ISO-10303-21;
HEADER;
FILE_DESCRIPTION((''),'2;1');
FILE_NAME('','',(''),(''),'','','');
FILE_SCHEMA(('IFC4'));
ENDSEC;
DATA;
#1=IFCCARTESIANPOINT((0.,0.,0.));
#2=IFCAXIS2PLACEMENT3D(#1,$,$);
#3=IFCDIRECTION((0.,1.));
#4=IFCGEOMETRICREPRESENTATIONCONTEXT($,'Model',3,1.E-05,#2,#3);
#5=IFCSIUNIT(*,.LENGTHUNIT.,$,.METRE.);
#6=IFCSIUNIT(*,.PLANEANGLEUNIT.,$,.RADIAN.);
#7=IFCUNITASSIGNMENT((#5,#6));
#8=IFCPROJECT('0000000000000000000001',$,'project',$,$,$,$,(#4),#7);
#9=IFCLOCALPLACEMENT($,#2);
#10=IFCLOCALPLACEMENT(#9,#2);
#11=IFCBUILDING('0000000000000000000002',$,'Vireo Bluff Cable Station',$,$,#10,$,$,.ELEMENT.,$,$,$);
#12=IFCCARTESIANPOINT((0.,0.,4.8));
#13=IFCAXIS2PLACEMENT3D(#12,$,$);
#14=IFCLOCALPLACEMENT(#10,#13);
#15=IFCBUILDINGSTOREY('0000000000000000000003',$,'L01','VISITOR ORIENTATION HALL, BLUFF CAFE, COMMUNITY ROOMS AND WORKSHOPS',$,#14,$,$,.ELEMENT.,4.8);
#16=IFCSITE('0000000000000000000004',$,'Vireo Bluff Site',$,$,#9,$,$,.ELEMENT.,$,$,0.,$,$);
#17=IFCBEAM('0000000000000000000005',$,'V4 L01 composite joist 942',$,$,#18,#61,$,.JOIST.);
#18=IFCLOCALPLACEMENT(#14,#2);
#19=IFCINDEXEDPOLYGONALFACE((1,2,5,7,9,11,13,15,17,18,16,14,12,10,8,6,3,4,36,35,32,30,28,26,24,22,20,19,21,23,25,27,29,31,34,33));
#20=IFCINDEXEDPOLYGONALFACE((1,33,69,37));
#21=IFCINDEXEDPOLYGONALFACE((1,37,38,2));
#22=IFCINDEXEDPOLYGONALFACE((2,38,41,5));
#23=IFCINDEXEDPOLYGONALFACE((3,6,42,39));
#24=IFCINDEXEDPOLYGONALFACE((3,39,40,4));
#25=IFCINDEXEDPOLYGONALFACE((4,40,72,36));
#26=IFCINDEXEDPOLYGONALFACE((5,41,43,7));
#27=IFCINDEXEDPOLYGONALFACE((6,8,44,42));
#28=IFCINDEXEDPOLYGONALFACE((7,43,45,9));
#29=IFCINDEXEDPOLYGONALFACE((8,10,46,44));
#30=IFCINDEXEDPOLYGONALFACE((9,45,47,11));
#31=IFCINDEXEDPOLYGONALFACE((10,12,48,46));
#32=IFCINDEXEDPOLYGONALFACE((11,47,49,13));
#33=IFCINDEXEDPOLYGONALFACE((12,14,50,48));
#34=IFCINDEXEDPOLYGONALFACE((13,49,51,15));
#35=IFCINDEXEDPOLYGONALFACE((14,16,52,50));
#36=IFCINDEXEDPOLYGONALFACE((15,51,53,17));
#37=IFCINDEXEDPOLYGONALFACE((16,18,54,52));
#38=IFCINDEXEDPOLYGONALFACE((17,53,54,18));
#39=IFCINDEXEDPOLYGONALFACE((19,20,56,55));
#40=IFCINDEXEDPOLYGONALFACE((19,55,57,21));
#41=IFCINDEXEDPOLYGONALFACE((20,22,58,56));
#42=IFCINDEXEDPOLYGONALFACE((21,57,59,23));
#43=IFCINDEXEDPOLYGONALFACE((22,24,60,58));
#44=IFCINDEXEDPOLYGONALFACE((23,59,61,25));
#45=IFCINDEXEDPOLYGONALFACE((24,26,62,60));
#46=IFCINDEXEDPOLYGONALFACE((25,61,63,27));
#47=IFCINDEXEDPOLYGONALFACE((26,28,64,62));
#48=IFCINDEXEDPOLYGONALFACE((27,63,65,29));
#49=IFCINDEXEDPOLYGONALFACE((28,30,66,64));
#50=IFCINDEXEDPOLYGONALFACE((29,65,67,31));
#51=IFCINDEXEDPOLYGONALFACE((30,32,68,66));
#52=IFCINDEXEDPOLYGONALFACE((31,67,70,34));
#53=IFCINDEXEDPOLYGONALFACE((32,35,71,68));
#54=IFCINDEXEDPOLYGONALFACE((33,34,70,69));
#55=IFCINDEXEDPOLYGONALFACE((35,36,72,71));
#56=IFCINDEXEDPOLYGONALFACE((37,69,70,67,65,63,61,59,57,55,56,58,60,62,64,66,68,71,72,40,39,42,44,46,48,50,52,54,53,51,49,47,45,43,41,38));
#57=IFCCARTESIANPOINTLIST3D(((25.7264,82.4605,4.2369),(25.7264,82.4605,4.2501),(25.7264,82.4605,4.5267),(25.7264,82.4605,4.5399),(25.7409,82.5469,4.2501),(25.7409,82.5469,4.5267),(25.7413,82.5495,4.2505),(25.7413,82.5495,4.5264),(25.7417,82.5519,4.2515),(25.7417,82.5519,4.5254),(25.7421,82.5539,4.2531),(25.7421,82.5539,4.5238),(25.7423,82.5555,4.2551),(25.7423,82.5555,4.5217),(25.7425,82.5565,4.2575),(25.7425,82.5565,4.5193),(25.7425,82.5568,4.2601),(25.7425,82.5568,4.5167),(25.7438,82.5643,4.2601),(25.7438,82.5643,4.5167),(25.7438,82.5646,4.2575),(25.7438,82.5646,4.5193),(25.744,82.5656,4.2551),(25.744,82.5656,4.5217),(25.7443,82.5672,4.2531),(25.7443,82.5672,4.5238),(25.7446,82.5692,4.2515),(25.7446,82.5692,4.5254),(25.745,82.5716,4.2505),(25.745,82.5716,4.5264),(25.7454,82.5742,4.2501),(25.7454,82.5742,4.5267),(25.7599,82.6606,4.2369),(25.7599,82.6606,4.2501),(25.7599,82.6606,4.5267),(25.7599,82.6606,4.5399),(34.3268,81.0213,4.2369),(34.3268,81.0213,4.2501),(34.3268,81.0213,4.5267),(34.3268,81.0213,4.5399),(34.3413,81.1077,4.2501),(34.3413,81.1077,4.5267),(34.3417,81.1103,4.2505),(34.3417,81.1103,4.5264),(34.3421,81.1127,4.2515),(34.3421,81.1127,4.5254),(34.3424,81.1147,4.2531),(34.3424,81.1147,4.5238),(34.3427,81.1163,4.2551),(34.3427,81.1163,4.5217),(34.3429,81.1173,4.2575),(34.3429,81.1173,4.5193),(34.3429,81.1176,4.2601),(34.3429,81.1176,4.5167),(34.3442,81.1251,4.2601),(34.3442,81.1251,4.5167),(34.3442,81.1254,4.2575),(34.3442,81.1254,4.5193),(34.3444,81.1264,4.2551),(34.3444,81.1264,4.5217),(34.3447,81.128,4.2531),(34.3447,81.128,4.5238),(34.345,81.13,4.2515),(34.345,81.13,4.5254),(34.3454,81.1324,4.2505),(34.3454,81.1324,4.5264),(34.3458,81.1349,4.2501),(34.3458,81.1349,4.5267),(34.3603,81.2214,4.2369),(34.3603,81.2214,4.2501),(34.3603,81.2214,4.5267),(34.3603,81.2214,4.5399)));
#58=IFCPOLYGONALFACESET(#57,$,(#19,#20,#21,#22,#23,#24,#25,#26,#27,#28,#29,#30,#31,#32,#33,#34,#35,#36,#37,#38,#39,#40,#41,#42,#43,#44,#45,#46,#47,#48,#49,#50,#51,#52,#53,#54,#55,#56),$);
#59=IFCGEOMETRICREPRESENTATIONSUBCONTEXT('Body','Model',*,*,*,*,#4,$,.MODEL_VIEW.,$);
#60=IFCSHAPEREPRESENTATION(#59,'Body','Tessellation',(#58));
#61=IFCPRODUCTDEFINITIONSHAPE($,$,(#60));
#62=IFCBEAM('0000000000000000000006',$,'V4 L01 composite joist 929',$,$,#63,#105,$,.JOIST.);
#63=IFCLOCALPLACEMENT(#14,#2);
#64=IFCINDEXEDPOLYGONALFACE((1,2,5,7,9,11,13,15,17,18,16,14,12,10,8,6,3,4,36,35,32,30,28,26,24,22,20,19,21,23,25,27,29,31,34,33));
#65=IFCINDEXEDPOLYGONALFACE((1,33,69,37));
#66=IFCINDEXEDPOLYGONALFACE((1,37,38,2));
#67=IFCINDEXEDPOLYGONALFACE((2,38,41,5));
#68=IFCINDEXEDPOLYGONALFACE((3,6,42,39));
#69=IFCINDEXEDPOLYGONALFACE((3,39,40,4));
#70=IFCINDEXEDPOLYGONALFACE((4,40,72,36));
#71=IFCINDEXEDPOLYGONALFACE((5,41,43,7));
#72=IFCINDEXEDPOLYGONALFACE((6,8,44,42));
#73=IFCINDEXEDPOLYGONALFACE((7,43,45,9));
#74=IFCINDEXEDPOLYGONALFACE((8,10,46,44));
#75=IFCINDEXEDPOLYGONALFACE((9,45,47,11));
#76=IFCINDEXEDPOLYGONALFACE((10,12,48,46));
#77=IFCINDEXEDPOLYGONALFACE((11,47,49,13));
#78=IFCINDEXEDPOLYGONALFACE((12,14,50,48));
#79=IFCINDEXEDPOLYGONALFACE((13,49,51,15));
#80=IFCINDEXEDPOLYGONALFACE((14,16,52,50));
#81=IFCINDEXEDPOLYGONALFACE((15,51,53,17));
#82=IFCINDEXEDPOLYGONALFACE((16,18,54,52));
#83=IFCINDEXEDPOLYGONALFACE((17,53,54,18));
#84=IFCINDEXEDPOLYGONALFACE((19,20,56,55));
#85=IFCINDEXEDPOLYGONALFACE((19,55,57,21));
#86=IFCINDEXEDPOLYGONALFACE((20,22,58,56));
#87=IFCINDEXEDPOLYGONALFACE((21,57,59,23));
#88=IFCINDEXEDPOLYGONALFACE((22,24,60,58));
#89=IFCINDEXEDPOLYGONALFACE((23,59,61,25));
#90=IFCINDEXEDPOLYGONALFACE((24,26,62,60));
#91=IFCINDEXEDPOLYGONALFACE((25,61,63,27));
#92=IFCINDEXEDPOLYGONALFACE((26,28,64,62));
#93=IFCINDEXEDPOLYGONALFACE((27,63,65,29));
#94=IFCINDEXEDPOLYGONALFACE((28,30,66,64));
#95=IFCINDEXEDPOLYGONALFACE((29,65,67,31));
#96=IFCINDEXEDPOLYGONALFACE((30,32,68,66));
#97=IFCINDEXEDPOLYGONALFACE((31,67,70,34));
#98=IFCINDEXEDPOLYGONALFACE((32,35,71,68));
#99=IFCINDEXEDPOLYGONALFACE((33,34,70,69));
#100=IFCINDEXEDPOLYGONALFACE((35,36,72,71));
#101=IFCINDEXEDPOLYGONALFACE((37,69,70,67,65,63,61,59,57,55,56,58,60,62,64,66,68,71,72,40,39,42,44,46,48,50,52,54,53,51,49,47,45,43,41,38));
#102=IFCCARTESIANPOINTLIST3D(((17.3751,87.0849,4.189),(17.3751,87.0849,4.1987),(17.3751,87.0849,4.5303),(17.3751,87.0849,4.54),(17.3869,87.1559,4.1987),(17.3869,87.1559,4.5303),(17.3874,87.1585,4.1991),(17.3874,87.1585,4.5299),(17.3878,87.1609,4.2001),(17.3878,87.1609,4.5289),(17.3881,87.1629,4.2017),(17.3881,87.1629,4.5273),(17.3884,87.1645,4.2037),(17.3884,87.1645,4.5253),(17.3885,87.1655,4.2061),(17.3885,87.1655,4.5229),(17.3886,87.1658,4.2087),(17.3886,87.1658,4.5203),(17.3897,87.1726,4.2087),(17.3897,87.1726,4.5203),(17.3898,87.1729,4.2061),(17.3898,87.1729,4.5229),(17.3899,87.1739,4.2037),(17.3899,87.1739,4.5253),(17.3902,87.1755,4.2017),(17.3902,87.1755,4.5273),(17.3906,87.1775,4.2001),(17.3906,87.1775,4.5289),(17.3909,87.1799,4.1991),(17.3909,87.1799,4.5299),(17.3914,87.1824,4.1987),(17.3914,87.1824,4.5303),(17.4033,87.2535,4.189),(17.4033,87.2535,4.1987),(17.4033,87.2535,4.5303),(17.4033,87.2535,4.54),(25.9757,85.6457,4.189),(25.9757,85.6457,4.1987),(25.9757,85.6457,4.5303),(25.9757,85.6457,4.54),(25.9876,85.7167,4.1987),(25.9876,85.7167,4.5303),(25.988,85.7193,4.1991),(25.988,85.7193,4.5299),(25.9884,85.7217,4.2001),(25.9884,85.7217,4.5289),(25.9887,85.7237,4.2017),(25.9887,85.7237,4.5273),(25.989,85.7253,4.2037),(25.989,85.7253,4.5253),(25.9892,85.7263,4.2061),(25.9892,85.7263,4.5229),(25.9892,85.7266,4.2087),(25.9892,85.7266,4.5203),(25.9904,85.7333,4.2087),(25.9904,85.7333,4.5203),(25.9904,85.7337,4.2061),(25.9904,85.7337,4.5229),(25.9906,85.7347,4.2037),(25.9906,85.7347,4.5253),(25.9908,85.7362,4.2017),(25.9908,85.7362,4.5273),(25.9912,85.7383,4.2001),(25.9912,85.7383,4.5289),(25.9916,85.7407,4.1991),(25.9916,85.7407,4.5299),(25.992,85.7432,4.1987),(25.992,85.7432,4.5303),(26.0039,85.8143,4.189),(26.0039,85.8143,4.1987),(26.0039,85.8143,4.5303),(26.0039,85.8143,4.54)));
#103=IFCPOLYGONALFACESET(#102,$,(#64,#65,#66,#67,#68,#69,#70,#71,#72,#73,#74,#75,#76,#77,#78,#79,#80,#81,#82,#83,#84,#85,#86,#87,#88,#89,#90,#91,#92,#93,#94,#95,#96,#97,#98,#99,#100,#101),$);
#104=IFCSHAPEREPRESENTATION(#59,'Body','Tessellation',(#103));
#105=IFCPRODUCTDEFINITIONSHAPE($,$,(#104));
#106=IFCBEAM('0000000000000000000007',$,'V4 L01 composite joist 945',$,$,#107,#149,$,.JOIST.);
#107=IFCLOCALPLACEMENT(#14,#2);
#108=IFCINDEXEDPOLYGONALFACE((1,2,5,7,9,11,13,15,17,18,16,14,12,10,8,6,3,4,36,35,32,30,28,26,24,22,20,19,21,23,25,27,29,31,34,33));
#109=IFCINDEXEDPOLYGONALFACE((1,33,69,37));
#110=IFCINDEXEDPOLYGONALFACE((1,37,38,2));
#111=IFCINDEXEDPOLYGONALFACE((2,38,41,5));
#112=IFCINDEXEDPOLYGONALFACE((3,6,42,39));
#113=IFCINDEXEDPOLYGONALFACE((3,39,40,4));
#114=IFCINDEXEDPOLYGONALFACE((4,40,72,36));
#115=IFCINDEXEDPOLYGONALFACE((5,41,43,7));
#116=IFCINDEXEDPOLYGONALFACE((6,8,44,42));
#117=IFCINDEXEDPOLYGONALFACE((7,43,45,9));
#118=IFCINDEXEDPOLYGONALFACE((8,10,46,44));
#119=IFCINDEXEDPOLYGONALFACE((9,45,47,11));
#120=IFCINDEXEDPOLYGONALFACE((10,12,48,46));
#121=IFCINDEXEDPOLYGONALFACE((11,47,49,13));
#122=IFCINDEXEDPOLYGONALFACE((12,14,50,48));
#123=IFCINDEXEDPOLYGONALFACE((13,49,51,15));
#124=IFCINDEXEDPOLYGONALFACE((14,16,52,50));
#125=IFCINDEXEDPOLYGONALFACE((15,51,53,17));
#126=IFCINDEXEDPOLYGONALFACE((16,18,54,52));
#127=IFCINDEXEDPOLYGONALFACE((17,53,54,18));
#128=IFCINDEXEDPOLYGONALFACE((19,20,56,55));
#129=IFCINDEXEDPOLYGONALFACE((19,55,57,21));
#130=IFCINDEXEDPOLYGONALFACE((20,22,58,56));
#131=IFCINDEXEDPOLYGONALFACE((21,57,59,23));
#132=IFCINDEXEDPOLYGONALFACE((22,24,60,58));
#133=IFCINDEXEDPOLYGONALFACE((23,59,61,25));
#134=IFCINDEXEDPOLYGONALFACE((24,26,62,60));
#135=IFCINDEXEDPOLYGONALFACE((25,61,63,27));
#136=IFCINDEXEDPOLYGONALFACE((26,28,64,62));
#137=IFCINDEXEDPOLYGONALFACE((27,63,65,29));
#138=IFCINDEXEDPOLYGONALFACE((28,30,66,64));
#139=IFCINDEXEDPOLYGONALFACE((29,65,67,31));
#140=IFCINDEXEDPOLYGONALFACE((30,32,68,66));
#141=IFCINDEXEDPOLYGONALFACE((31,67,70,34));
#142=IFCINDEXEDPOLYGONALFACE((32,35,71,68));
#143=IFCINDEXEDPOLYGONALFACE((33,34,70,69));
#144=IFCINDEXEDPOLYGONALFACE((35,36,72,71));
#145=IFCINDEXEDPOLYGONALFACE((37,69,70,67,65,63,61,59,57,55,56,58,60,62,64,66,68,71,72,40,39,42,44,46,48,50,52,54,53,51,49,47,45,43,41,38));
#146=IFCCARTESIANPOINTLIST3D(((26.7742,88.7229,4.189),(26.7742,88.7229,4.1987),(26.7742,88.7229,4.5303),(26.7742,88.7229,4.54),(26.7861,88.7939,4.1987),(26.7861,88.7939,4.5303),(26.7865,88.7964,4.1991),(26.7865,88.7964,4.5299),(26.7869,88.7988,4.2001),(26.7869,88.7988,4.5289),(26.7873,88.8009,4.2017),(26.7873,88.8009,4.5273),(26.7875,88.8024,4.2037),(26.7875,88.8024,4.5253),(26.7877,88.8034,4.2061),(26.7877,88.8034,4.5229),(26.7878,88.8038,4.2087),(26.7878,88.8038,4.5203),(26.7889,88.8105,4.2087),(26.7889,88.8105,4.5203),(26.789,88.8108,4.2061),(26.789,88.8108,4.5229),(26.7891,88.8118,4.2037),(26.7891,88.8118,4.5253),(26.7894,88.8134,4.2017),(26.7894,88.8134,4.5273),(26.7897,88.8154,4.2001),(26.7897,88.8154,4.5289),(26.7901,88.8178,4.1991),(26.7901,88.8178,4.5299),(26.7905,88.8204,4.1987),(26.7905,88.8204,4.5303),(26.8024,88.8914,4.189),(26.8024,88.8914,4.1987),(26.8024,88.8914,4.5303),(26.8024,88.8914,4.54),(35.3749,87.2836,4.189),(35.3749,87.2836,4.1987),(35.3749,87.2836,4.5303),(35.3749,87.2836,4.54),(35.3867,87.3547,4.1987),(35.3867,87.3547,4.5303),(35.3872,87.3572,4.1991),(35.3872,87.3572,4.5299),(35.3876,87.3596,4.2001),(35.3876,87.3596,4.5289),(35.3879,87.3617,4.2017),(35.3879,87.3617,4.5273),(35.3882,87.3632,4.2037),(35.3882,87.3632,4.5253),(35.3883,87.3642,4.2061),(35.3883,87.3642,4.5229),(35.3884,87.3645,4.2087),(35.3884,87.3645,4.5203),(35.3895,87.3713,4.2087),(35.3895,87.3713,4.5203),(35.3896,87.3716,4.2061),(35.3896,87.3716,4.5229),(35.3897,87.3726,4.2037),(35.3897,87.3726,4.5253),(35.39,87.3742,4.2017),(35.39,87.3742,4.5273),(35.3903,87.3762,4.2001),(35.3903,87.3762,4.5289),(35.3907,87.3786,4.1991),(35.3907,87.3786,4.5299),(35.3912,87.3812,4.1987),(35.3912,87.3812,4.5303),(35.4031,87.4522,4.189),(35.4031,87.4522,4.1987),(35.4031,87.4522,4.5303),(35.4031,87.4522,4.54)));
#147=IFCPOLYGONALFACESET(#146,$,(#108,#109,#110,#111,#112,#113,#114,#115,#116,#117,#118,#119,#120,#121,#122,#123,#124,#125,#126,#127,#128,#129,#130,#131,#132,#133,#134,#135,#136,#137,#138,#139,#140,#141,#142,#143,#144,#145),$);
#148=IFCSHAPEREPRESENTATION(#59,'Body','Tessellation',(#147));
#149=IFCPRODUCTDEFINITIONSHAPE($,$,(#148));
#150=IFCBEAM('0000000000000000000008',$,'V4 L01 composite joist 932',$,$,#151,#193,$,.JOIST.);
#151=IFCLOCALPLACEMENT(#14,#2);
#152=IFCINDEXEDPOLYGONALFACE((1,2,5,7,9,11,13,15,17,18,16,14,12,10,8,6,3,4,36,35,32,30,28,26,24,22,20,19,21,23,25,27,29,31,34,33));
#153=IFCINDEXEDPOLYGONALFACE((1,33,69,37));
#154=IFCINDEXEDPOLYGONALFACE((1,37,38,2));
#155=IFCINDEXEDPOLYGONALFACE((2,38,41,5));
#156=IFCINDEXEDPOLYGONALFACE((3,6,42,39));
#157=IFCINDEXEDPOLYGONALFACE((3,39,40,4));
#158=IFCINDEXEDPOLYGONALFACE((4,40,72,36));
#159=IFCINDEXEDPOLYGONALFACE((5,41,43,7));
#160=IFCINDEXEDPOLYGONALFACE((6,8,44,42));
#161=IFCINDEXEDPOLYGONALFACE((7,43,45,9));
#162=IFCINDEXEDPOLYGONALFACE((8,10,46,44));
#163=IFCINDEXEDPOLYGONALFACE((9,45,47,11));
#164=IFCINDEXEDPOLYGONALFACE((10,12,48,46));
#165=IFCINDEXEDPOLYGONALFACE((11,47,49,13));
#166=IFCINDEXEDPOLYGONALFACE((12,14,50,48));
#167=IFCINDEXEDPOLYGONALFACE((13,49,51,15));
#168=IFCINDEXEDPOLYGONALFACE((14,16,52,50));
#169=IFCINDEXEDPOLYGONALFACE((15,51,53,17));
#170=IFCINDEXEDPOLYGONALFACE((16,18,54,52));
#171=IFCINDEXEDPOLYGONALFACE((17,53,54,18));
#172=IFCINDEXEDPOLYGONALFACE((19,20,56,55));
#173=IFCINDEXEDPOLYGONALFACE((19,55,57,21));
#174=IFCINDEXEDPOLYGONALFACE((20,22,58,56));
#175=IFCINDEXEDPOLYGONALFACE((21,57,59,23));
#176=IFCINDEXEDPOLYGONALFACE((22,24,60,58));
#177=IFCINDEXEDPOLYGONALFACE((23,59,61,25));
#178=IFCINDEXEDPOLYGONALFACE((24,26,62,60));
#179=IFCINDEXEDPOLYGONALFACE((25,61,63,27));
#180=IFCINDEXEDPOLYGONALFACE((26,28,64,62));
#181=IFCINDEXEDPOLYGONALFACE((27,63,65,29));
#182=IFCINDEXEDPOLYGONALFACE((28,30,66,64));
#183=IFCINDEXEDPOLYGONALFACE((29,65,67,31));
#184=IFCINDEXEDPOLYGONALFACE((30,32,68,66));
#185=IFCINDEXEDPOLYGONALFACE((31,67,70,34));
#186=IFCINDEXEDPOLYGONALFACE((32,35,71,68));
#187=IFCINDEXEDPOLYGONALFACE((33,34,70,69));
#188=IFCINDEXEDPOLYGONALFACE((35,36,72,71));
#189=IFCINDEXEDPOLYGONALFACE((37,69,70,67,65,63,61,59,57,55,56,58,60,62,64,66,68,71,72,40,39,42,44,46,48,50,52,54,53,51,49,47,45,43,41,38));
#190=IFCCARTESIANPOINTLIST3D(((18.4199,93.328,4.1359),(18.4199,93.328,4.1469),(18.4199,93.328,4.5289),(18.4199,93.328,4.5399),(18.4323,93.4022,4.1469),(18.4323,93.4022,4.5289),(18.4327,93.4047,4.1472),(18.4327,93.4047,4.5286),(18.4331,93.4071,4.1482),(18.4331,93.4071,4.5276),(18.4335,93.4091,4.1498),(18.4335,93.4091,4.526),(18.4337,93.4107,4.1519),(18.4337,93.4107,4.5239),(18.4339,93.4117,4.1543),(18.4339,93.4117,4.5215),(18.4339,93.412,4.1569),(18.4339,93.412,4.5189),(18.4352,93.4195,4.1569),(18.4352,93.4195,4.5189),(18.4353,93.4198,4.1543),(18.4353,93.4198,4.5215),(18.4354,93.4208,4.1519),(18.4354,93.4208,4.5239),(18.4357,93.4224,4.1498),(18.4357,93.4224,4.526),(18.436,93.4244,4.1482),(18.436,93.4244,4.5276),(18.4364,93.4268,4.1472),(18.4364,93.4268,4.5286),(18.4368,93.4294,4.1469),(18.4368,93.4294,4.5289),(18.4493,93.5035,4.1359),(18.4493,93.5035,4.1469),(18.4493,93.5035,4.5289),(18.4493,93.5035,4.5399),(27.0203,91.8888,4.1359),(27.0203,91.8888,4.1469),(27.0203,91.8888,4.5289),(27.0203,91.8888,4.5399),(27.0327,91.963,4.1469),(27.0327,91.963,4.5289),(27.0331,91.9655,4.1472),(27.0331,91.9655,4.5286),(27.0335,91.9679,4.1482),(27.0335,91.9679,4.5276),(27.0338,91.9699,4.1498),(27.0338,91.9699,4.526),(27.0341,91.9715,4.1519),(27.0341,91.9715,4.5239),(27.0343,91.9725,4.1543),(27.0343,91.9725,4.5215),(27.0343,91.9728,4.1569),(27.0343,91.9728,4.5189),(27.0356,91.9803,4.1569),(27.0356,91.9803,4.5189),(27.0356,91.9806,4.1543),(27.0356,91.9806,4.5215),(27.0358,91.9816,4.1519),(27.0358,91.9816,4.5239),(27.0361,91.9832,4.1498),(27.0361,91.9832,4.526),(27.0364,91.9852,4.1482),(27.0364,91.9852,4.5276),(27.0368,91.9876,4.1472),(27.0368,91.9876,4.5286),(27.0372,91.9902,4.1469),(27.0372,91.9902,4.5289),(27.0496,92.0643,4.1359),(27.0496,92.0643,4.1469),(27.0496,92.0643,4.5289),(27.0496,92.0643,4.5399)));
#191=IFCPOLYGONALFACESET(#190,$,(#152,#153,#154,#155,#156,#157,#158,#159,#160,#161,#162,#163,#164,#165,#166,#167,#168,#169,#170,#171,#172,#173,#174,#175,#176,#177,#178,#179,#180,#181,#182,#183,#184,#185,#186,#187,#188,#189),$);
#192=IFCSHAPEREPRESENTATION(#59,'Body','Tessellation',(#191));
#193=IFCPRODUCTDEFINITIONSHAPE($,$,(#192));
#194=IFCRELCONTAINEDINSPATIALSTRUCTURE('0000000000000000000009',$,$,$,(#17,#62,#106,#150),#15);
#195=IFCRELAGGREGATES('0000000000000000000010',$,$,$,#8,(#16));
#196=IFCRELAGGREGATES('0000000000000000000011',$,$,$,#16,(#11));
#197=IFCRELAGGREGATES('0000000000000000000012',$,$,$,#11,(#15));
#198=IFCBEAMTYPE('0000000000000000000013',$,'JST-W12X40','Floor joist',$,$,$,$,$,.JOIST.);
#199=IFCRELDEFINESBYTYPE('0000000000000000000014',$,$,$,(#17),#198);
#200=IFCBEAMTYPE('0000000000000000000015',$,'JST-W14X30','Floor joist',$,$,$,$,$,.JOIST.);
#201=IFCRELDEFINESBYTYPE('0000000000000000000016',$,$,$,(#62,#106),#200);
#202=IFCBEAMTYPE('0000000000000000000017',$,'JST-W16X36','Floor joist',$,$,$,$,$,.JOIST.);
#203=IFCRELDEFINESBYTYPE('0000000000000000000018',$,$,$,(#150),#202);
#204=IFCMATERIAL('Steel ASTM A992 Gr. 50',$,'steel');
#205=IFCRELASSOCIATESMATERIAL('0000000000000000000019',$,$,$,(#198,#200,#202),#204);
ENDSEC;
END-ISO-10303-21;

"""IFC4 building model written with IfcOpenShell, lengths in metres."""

from ifc_helpers import new_model, si_unit, direction, frame, origin, origin_2d, place, context, subcontext, project, spatial, i_section, extrude, material, material_profile, profile_set, type_object, element, save


model = new_model("IFC4")

# Units and contexts
model_context = context("Model", 3, precision=1e-05, world=origin(), true_north=direction((0.0, 1.0)))
body_context = subcontext(model_context, "Body", "Model", "MODEL_VIEW")
ifc_project = project(units=[si_unit("LENGTHUNIT", "METRE"), si_unit("PLANEANGLEUNIT", "RADIAN")], contexts=[model_context])

# Site, building, storey
site_placement = place(None, origin())
site = spatial("IfcSite", under=ifc_project, at=site_placement, Name="Vireo Bluff Site", CompositionType="ELEMENT", RefElevation=0.0)
building_placement = place(site_placement, origin())
building = spatial("IfcBuilding", under=site, at=building_placement, Name="Vireo Bluff Cable Station", CompositionType="ELEMENT")
storey_placement = place(building_placement, frame((0.0, 0.0, 4.8)))
storey = spatial("IfcBuildingStorey", under=building, at=storey_placement, Name="L01", Description="VISITOR ORIENTATION HALL, BLUFF CAFE, COMMUNITY ROOMS AND WORKSHOPS", CompositionType="ELEMENT", Elevation=4.8)

# Shared definitions
ifc_material_1 = material(Name="Steel ASTM A992 Gr. 50", Category="steel")

# Beams
ifc_material_profile_1 = material_profile(ifc_material_1, i_section(OverallWidth=0.2029, OverallDepth=0.303, WebThickness=0.0076, FlangeThickness=0.0132, FilletRadius=0.01, at=origin_2d()), Name="W12X40")
ifc_profile_set_1 = profile_set([ifc_material_profile_1], Name="Steel ASTM A992 Gr. 50")
beam_type_1 = type_object("IfcBeamType", Name="JST-W12X40", Description="Floor joist", PredefinedType="JOIST", material=ifc_profile_set_1)
for number, where, z_axis, x_axis, name in (
    (1, (25.7432, 82.5605, 4.3884), (0.986286, -0.165048, 0.0), (0.165048, 0.986286, 0.0), "V4 L01 composite joist 942"),
):
    element("IfcBeam", number, at=place(storey_placement, frame(where, z_axis=z_axis, x_axis=x_axis)), inside=storey, type_object=beam_type_1, Name=name, PredefinedType="JOIST", context=body_context, shape_type="SweptSolid", body=[
        extrude(i_section(OverallWidth=0.2029, OverallDepth=0.303, WebThickness=0.0076, FlangeThickness=0.0132, FilletRadius=0.01, at=origin_2d()), origin(), (0.0, 0.0, 1.0), 8.72),
    ])
ifc_material_profile_2 = material_profile(ifc_material_1, i_section(OverallWidth=0.1709, OverallDepth=0.3511, WebThickness=0.0068, FlangeThickness=0.0098, FilletRadius=0.01, at=origin_2d()), Name="W14X30")
ifc_profile_set_2 = profile_set([ifc_material_profile_2], Name="Steel ASTM A992 Gr. 50")
beam_type_2 = type_object("IfcBeamType", Name="JST-W14X30", Description="Floor joist", PredefinedType="JOIST", material=ifc_profile_set_2)
for number, where, z_axis, x_axis, name in (
    (2, (17.3892, 87.1692, 4.3645), (0.986286, -0.165044, 0.0), (0.165044, 0.986286, 0.0), "V4 L01 composite joist 929"),
    (3, (26.7883, 88.8071, 4.3645), (0.986286, -0.165044, 0.0), (0.165044, 0.986286, 0.0), "V4 L01 composite joist 945"),
):
    element("IfcBeam", number, at=place(storey_placement, frame(where, z_axis=z_axis, x_axis=x_axis)), inside=storey, type_object=beam_type_2, Name=name, PredefinedType="JOIST", context=body_context, shape_type="SweptSolid", body=[
        extrude(i_section(OverallWidth=0.1709, OverallDepth=0.3511, WebThickness=0.0068, FlangeThickness=0.0098, FilletRadius=0.01, at=origin_2d()), origin(), (0.0, 0.0, 1.0), 8.7202),
    ])
ifc_material_profile_3 = material_profile(ifc_material_1, i_section(OverallWidth=0.178, OverallDepth=0.4041, WebThickness=0.0076, FlangeThickness=0.011, FilletRadius=0.01, at=origin_2d()), Name="W16X36")
ifc_profile_set_3 = profile_set([ifc_material_profile_3], Name="Steel ASTM A992 Gr. 50")
beam_type_3 = type_object("IfcBeamType", Name="JST-W16X36", Description="Floor joist", PredefinedType="JOIST", material=ifc_profile_set_3)
for number, where, z_axis, x_axis, name in (
    (4, (18.4346, 93.4158, 4.3379), (0.986286, -0.165048, 0.0), (0.165048, 0.986286, 0.0), "V4 L01 composite joist 932"),
):
    element("IfcBeam", number, at=place(storey_placement, frame(where, z_axis=z_axis, x_axis=x_axis)), inside=storey, type_object=beam_type_3, Name=name, PredefinedType="JOIST", context=body_context, shape_type="SweptSolid", body=[
        extrude(i_section(OverallWidth=0.178, OverallDepth=0.4041, WebThickness=0.0076, FlangeThickness=0.011, FilletRadius=0.01, at=origin_2d()), origin(), (0.0, 0.0, 1.0), 8.72),
    ])

save(model, "model.ifc")
